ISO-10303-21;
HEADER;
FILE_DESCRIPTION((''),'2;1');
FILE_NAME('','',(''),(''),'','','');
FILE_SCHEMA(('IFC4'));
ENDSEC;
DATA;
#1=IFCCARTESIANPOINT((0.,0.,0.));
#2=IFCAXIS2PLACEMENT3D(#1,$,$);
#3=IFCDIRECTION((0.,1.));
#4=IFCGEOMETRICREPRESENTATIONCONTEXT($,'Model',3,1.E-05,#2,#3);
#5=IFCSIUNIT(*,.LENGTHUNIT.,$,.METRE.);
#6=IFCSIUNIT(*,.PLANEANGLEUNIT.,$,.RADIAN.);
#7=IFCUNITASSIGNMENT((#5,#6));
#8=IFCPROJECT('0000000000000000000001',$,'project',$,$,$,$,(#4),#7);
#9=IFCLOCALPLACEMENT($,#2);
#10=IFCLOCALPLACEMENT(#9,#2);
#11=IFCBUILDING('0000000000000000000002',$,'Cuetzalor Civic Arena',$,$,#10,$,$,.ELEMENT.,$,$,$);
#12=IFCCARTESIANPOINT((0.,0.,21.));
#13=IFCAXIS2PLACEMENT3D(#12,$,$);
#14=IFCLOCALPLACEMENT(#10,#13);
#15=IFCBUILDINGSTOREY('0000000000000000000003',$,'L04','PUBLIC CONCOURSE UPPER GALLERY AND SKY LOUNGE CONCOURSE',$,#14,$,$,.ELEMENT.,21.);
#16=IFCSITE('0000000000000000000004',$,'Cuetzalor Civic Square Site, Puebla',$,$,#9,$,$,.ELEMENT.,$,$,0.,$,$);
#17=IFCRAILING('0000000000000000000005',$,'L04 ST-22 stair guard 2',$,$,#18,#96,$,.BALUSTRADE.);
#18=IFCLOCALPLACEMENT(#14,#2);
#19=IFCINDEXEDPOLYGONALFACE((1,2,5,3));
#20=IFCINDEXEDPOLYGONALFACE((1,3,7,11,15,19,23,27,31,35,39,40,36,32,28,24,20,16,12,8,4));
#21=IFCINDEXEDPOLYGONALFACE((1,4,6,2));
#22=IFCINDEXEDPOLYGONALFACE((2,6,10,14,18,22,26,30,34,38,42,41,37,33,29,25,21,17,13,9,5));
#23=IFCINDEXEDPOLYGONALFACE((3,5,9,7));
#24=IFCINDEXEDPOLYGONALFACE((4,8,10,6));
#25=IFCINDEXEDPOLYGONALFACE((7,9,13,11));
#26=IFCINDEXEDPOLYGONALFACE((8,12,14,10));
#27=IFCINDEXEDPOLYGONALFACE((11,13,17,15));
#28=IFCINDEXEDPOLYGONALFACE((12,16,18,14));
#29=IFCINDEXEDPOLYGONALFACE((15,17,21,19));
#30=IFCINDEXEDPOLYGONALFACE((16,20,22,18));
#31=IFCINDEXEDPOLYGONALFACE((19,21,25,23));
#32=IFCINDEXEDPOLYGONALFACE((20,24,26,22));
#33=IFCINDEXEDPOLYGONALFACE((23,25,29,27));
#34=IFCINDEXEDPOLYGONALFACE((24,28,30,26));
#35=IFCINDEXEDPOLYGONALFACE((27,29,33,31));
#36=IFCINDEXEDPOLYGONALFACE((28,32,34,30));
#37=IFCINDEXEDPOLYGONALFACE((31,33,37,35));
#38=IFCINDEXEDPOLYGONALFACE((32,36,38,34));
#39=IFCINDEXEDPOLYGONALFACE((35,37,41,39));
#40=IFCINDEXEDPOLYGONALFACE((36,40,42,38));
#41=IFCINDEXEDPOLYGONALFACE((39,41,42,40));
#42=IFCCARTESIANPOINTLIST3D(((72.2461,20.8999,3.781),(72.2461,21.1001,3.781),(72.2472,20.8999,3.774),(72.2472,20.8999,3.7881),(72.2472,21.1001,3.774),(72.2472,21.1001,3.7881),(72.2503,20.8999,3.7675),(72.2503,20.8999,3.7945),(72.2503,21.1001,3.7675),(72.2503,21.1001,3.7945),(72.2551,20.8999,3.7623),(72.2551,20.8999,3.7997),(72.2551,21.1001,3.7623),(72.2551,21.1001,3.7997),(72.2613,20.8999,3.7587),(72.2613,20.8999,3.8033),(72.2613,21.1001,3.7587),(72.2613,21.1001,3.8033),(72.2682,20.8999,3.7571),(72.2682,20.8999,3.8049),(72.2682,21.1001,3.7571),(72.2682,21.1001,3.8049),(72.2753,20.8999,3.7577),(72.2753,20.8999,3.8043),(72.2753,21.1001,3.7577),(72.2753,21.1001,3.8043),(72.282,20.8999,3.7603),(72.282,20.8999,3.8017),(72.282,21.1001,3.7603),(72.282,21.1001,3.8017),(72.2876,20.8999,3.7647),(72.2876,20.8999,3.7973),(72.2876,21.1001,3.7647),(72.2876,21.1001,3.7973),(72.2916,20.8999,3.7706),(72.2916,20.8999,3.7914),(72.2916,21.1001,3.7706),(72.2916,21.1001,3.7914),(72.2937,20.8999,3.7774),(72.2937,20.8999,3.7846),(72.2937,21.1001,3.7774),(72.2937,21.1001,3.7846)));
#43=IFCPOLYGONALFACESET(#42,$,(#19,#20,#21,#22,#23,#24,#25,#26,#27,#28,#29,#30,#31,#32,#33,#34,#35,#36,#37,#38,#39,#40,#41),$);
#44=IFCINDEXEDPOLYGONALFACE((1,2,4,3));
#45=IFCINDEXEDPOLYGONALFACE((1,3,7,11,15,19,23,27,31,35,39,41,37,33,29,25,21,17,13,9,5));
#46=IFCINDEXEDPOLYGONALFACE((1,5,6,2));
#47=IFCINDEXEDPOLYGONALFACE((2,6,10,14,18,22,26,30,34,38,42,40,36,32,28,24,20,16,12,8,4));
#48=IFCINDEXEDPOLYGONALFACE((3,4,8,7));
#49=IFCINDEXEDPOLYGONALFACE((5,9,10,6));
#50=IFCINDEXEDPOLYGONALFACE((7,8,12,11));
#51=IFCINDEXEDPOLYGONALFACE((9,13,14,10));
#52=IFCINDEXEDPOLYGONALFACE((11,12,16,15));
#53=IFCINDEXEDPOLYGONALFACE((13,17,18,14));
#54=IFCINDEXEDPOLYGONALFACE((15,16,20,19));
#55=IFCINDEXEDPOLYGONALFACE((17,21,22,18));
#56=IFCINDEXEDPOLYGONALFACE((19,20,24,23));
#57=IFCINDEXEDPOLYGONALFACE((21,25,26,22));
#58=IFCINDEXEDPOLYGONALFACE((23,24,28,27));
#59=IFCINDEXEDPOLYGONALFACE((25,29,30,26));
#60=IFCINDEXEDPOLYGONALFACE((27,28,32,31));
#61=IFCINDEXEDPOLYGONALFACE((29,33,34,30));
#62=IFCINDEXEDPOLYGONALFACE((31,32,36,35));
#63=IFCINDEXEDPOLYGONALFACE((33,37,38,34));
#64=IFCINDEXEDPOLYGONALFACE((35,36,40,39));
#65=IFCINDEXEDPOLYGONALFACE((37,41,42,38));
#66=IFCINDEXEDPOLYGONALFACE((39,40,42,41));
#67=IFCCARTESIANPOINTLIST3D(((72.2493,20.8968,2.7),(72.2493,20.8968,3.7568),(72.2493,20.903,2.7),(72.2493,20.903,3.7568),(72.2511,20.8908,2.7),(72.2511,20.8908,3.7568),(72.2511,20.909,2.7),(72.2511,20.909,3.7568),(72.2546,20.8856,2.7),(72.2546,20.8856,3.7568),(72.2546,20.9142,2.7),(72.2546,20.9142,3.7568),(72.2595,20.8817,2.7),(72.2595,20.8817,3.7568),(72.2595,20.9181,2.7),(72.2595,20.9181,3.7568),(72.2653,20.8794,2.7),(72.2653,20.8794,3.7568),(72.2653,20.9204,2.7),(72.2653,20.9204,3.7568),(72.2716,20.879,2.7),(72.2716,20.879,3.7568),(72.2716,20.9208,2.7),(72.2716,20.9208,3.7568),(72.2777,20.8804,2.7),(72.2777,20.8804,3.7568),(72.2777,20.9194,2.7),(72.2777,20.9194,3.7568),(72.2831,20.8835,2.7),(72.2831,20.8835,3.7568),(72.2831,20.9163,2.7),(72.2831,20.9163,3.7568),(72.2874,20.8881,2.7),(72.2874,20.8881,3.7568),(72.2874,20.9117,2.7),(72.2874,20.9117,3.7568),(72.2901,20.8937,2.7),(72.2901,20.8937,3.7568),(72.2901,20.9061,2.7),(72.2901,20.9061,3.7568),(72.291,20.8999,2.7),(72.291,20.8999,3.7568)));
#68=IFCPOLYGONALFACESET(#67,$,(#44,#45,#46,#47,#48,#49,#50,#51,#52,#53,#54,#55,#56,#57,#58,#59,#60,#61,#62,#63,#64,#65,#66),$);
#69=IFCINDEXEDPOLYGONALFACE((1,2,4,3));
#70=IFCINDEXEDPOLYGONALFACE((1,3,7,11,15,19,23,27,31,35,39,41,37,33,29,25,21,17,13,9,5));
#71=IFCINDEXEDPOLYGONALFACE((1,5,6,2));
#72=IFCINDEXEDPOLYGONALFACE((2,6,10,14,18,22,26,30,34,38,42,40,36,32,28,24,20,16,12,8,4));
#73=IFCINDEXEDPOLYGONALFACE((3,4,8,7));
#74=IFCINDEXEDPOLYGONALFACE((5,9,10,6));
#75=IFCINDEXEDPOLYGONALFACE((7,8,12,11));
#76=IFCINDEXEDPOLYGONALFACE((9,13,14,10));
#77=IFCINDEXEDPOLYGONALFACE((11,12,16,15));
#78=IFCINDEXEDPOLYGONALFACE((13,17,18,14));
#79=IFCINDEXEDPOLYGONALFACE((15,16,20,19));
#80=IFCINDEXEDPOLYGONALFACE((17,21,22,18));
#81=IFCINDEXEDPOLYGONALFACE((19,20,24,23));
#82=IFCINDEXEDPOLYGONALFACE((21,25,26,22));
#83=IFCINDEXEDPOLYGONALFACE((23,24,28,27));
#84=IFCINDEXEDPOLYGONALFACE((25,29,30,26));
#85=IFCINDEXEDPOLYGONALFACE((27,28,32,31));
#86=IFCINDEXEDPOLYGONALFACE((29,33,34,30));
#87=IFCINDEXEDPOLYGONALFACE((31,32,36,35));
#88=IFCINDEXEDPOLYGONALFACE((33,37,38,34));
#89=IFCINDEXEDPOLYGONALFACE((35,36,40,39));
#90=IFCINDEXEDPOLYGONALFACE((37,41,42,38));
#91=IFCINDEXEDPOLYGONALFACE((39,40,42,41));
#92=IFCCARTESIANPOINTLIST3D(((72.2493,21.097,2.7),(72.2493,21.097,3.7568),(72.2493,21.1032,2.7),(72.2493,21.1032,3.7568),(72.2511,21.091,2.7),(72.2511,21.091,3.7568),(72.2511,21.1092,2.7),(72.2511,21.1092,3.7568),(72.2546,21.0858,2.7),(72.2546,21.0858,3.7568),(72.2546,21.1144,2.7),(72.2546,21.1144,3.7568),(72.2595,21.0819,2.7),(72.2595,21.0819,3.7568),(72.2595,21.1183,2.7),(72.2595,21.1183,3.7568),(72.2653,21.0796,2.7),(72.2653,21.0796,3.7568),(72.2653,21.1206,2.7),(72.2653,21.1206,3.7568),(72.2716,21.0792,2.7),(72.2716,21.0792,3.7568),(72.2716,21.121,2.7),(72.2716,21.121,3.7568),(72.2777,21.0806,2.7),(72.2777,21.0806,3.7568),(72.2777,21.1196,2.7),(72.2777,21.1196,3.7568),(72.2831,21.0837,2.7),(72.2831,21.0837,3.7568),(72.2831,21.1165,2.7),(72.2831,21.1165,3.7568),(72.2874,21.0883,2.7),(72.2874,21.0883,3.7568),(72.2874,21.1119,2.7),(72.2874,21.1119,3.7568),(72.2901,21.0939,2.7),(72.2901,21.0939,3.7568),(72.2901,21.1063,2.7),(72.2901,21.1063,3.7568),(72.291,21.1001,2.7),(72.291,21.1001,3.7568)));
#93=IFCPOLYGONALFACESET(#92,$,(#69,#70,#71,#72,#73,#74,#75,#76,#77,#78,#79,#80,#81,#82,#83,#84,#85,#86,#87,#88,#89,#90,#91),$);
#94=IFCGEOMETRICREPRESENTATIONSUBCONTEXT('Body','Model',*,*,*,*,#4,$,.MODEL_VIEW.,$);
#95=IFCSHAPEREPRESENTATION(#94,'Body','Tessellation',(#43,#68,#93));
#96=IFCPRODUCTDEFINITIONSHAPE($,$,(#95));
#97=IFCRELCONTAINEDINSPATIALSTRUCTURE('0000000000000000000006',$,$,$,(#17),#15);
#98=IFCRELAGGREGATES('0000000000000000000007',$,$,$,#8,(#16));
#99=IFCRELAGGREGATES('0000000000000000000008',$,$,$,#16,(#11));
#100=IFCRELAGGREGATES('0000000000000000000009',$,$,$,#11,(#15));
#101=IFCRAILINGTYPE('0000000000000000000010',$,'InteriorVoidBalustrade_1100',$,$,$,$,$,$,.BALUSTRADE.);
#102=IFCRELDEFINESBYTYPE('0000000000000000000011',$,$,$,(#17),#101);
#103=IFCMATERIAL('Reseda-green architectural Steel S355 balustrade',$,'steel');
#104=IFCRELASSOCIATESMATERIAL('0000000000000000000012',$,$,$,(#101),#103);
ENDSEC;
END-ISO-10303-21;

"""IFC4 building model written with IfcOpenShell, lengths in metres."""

from ifc_helpers import new_model, si_unit, direction, frame, origin, origin_2d, place, context, subcontext, project, spatial, circle, extrude, material, type_object, element, save


model = new_model("IFC4")

# Units and contexts
model_context = context("Model", 3, precision=1e-05, world=origin(), true_north=direction((0.0, 1.0)))
body_context = subcontext(model_context, "Body", "Model", "MODEL_VIEW")
ifc_project = project(units=[si_unit("LENGTHUNIT", "METRE"), si_unit("PLANEANGLEUNIT", "RADIAN")], contexts=[model_context])

# Site, building, storey
site_placement = place(None, origin())
site = spatial("IfcSite", under=ifc_project, at=site_placement, Name="Cuetzalor Civic Square Site, Puebla", CompositionType="ELEMENT", RefElevation=0.0)
building_placement = place(site_placement, origin())
building = spatial("IfcBuilding", under=site, at=building_placement, Name="Cuetzalor Civic Arena", CompositionType="ELEMENT")
storey_placement = place(building_placement, frame((0.0, 0.0, 21.0)))
storey = spatial("IfcBuildingStorey", under=building, at=storey_placement, Name="L04", Description="PUBLIC CONCOURSE UPPER GALLERY AND SKY LOUNGE CONCOURSE", CompositionType="ELEMENT", Elevation=21.0)

# Railing
ifc_material_1 = material(Name="Reseda-green architectural Steel S355 balustrade", Category="steel")
railing_type_1 = type_object("IfcRailingType", Name="InteriorVoidBalustrade_1100", PredefinedType="BALUSTRADE", material=ifc_material_1)
railing_1_placement = place(storey_placement, frame((72.27, 20.8999, 2.7)))
element("IfcRailing", 1, at=railing_1_placement, inside=storey, type_object=railing_type_1, Name="L04 ST-22 stair guard 2", PredefinedType="BALUSTRADE", context=body_context, shape_type="SweptSolid", body=[
    extrude(circle(Radius=0.0239, at=origin_2d()), frame((0.0, 0.0, 1.0811), z_axis=(0.0, 1.0, 0.0), x_axis=(-1.0, 0.0, 0.0)), (0.0, 0.0, 1.0), 0.2002),
    extrude(circle(Radius=0.021, at=origin_2d()), origin(), (0.0, 0.0, 1.0), 1.0569),
    extrude(circle(Radius=0.021, at=origin_2d()), frame((0.0, 0.2002, 0.0)), (0.0, 0.0, 1.0), 1.0569),
])

save(model, "model.ifc")
